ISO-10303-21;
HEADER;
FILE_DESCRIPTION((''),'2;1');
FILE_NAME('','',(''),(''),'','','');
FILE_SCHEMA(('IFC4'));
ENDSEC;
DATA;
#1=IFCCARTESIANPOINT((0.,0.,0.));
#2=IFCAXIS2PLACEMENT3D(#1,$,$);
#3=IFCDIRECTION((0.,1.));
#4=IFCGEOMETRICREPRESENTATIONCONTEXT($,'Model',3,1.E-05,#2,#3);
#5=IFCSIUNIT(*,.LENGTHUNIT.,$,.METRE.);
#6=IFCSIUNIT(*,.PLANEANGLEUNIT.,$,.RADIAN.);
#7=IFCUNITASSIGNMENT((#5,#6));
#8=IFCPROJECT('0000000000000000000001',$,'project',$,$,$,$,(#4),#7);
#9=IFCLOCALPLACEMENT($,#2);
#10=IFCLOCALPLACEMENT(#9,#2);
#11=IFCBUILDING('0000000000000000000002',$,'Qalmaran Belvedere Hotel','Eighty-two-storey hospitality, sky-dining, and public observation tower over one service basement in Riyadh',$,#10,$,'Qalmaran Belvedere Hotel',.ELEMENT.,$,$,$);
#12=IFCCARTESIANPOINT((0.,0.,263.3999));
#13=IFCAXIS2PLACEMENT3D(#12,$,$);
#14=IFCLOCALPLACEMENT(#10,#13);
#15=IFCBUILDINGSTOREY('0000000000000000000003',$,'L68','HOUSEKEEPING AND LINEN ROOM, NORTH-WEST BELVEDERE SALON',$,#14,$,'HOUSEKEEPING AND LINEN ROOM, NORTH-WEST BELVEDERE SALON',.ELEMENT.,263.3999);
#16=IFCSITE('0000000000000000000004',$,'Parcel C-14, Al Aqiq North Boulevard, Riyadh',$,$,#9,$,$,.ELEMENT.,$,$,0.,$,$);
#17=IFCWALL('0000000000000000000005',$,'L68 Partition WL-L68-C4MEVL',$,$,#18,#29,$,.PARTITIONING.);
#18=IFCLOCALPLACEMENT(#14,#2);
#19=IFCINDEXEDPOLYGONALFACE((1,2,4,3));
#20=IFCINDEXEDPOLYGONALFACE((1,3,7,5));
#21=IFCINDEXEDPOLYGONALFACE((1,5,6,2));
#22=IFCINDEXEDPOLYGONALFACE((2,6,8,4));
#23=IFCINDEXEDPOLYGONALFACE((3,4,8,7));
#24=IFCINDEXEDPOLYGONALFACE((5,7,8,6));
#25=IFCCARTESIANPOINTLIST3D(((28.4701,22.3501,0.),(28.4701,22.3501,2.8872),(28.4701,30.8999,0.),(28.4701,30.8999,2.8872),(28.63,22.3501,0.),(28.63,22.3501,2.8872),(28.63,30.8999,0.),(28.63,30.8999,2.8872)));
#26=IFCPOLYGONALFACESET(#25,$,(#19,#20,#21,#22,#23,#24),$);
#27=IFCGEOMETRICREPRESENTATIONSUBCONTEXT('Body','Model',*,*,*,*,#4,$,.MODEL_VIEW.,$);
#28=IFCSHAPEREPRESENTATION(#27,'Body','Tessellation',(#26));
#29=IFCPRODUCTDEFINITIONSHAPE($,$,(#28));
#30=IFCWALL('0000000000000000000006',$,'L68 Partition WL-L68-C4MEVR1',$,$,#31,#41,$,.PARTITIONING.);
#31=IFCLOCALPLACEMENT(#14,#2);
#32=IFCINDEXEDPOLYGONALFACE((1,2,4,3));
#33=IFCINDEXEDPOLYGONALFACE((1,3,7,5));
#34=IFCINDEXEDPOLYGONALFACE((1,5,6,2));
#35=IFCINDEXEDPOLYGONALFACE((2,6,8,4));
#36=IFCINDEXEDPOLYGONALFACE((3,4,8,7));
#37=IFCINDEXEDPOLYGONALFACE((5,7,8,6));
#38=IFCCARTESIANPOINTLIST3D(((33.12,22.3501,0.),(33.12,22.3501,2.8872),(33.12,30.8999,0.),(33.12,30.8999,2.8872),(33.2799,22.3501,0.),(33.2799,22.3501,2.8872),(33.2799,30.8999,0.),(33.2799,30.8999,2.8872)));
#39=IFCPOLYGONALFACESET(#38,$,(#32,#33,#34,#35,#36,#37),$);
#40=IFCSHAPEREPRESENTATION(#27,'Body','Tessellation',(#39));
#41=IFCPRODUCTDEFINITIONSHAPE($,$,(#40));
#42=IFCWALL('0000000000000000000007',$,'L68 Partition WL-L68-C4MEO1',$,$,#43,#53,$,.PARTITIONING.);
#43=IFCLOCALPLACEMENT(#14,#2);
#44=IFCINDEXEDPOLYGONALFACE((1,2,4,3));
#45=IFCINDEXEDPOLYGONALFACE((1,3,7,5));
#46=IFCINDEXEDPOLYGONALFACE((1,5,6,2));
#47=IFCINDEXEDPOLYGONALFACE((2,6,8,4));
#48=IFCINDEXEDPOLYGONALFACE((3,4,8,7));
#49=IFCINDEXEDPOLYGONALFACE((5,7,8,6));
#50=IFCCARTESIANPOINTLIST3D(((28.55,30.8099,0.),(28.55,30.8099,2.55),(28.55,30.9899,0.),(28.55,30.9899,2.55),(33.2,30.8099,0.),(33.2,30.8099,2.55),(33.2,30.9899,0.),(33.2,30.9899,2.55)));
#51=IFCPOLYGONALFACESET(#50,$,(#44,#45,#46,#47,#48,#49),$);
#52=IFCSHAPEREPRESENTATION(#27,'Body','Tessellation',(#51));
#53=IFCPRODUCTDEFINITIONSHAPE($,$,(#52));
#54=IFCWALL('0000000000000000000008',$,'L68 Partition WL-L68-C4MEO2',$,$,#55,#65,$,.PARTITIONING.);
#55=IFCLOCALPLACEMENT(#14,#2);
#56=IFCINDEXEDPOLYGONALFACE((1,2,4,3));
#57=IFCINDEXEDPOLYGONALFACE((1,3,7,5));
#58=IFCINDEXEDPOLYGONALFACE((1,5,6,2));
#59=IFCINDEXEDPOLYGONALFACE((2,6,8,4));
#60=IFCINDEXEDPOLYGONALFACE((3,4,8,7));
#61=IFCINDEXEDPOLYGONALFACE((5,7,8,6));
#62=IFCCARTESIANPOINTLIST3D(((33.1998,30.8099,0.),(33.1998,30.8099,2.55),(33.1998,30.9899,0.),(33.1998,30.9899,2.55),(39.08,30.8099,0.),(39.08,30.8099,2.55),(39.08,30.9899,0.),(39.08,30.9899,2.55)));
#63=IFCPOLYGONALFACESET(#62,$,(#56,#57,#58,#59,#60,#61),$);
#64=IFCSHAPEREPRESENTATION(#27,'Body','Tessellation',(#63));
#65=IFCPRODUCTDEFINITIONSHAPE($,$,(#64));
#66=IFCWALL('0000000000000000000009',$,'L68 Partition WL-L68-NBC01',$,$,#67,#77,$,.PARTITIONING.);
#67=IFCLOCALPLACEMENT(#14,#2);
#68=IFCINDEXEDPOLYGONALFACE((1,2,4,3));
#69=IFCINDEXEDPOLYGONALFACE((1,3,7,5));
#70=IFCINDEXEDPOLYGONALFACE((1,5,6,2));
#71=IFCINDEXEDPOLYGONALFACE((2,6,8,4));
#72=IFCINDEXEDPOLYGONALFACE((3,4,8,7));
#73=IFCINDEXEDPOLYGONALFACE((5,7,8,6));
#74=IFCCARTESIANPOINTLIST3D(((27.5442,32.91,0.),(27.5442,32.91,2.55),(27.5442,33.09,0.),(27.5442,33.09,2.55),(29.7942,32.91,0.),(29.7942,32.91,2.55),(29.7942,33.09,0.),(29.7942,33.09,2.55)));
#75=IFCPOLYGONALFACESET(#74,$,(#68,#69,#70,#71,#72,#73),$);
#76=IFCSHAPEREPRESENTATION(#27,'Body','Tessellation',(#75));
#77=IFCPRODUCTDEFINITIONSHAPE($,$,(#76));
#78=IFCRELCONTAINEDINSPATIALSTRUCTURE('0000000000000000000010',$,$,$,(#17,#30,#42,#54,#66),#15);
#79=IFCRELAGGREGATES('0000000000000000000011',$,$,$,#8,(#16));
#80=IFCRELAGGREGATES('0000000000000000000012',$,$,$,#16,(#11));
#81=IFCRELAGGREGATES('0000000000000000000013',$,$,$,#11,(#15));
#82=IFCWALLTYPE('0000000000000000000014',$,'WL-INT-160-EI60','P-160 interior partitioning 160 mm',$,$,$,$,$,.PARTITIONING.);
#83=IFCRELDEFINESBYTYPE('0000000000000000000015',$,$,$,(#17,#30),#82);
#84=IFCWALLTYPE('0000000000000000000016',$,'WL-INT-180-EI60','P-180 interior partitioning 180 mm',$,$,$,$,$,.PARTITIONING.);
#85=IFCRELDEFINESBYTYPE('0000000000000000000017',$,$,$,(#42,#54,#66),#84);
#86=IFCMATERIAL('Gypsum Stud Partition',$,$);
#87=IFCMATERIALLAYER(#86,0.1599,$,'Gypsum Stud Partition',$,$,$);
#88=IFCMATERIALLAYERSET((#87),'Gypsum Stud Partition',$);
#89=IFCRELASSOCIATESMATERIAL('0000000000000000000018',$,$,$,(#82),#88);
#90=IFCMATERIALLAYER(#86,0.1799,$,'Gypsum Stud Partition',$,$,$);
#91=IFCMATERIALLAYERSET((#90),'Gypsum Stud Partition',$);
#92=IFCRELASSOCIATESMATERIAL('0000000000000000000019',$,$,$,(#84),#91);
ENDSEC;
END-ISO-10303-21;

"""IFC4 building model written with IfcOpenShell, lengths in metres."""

from ifc_helpers import new_model, si_unit, direction, frame, frame_2d, origin, place, context, subcontext, project, spatial, rectangle, extrude, material, layer, layer_set, type_object, element, save


model = new_model("IFC4")

# Units and contexts
model_context = context("Model", 3, precision=1e-05, world=origin(), true_north=direction((0.0, 1.0)))
body_context = subcontext(model_context, "Body", "Model", "MODEL_VIEW")
ifc_project = project(units=[si_unit("LENGTHUNIT", "METRE"), si_unit("PLANEANGLEUNIT", "RADIAN")], contexts=[model_context])

# Site, building, storey
site_placement = place(None, origin())
site = spatial("IfcSite", under=ifc_project, at=site_placement, Name="Parcel C-14, Al Aqiq North Boulevard, Riyadh", CompositionType="ELEMENT", RefElevation=0.0)
building_placement = place(site_placement, origin())
building = spatial("IfcBuilding", under=site, at=building_placement, Name="Qalmaran Belvedere Hotel", Description="Eighty-two-storey hospitality, sky-dining, and public observation tower over one service basement in Riyadh", LongName="Qalmaran Belvedere Hotel", CompositionType="ELEMENT")
storey_placement = place(building_placement, frame((0.0, 0.0, 263.3999)))
storey = spatial("IfcBuildingStorey", under=building, at=storey_placement, Name="L68", Description="HOUSEKEEPING AND LINEN ROOM, NORTH-WEST BELVEDERE SALON", LongName="HOUSEKEEPING AND LINEN ROOM, NORTH-WEST BELVEDERE SALON", CompositionType="ELEMENT", Elevation=263.3999)

# Shared definitions
ifc_material_1 = material(Name="Gypsum Stud Partition")

# Walls
ifc_layer_1 = layer(ifc_material_1, 0.1599, Name="Gypsum Stud Partition")
ifc_layer_set_1 = layer_set([ifc_layer_1], Name="Gypsum Stud Partition")
wall_type_1 = type_object("IfcWallType", Name="WL-INT-160-EI60", Description="P-160 interior partitioning 160 mm", PredefinedType="PARTITIONING", material=ifc_layer_set_1)
for number, where, z_axis, x_axis, name in (
    (1, (28.55, 22.3501, 0.0), (0.0, 0.0, 1.0), (0.0, 1.0, 0.0), "L68 Partition WL-L68-C4MEVL"),
    (2, (33.2, 22.3501, 0.0), (0.0, 0.0, 1.0), (0.0, 1.0, 0.0), "L68 Partition WL-L68-C4MEVR1"),
):
    element("IfcWall", number, at=place(storey_placement, frame(where, z_axis=z_axis, x_axis=x_axis)), inside=storey, type_object=wall_type_1, Name=name, PredefinedType="PARTITIONING", context=body_context, shape_type="SweptSolid", body=[
        extrude(rectangle(XDim=8.5498, YDim=0.1599, at=frame_2d((4.2749, 0.0))), origin(), (0.0, 0.0, 1.0), 2.8872),
    ])

# Shared definitions
ifc_layer_2 = layer(ifc_material_1, 0.1799, Name="Gypsum Stud Partition")
ifc_layer_set_2 = layer_set([ifc_layer_2], Name="Gypsum Stud Partition")
wall_type_2 = type_object("IfcWallType", Name="WL-INT-180-EI60", Description="P-180 interior partitioning 180 mm", PredefinedType="PARTITIONING", material=ifc_layer_set_2)

# Wall
wall_1_placement = place(storey_placement, frame((28.55, 30.8999, 0.0), z_axis=(0.0, 0.0, 1.0), x_axis=(1.0, 0.0, 0.0)))
element("IfcWall", 3, at=wall_1_placement, inside=storey, type_object=wall_type_2, Name="L68 Partition WL-L68-C4MEO1", PredefinedType="PARTITIONING", context=body_context, shape_type="SweptSolid", body=[
    extrude(rectangle(XDim=4.6499, YDim=0.1799, at=frame_2d((2.325, 0.0))), origin(), (0.0, 0.0, 1.0), 2.55),
])

# Walls
wall_2_placement = place(storey_placement, frame((33.2, 30.8999, 0.0), z_axis=(0.0, 0.0, 1.0), x_axis=(1.0, 0.0, 0.0)))
element("IfcWall", 4, at=wall_2_placement, inside=storey, type_object=wall_type_2, Name="L68 Partition WL-L68-C4MEO2", PredefinedType="PARTITIONING", context=body_context, shape_type="SweptSolid", body=[
    extrude(rectangle(XDim=5.8801, YDim=0.1799, at=frame_2d((2.9399, 0.0))), origin(), (0.0, 0.0, 1.0), 2.55),
])
wall_3_placement = place(storey_placement, frame((27.5442, 33.0, 0.0), z_axis=(0.0, 0.0, 1.0), x_axis=(1.0, 0.0, 0.0)))
element("IfcWall", 5, at=wall_3_placement, inside=storey, type_object=wall_type_2, Name="L68 Partition WL-L68-NBC01", PredefinedType="PARTITIONING", context=body_context, shape_type="SweptSolid", body=[
    extrude(rectangle(XDim=2.25, YDim=0.1799, at=frame_2d((1.125, 0.0))), origin(), (0.0, 0.0, 1.0), 2.55),
])

save(model, "model.ifc")
